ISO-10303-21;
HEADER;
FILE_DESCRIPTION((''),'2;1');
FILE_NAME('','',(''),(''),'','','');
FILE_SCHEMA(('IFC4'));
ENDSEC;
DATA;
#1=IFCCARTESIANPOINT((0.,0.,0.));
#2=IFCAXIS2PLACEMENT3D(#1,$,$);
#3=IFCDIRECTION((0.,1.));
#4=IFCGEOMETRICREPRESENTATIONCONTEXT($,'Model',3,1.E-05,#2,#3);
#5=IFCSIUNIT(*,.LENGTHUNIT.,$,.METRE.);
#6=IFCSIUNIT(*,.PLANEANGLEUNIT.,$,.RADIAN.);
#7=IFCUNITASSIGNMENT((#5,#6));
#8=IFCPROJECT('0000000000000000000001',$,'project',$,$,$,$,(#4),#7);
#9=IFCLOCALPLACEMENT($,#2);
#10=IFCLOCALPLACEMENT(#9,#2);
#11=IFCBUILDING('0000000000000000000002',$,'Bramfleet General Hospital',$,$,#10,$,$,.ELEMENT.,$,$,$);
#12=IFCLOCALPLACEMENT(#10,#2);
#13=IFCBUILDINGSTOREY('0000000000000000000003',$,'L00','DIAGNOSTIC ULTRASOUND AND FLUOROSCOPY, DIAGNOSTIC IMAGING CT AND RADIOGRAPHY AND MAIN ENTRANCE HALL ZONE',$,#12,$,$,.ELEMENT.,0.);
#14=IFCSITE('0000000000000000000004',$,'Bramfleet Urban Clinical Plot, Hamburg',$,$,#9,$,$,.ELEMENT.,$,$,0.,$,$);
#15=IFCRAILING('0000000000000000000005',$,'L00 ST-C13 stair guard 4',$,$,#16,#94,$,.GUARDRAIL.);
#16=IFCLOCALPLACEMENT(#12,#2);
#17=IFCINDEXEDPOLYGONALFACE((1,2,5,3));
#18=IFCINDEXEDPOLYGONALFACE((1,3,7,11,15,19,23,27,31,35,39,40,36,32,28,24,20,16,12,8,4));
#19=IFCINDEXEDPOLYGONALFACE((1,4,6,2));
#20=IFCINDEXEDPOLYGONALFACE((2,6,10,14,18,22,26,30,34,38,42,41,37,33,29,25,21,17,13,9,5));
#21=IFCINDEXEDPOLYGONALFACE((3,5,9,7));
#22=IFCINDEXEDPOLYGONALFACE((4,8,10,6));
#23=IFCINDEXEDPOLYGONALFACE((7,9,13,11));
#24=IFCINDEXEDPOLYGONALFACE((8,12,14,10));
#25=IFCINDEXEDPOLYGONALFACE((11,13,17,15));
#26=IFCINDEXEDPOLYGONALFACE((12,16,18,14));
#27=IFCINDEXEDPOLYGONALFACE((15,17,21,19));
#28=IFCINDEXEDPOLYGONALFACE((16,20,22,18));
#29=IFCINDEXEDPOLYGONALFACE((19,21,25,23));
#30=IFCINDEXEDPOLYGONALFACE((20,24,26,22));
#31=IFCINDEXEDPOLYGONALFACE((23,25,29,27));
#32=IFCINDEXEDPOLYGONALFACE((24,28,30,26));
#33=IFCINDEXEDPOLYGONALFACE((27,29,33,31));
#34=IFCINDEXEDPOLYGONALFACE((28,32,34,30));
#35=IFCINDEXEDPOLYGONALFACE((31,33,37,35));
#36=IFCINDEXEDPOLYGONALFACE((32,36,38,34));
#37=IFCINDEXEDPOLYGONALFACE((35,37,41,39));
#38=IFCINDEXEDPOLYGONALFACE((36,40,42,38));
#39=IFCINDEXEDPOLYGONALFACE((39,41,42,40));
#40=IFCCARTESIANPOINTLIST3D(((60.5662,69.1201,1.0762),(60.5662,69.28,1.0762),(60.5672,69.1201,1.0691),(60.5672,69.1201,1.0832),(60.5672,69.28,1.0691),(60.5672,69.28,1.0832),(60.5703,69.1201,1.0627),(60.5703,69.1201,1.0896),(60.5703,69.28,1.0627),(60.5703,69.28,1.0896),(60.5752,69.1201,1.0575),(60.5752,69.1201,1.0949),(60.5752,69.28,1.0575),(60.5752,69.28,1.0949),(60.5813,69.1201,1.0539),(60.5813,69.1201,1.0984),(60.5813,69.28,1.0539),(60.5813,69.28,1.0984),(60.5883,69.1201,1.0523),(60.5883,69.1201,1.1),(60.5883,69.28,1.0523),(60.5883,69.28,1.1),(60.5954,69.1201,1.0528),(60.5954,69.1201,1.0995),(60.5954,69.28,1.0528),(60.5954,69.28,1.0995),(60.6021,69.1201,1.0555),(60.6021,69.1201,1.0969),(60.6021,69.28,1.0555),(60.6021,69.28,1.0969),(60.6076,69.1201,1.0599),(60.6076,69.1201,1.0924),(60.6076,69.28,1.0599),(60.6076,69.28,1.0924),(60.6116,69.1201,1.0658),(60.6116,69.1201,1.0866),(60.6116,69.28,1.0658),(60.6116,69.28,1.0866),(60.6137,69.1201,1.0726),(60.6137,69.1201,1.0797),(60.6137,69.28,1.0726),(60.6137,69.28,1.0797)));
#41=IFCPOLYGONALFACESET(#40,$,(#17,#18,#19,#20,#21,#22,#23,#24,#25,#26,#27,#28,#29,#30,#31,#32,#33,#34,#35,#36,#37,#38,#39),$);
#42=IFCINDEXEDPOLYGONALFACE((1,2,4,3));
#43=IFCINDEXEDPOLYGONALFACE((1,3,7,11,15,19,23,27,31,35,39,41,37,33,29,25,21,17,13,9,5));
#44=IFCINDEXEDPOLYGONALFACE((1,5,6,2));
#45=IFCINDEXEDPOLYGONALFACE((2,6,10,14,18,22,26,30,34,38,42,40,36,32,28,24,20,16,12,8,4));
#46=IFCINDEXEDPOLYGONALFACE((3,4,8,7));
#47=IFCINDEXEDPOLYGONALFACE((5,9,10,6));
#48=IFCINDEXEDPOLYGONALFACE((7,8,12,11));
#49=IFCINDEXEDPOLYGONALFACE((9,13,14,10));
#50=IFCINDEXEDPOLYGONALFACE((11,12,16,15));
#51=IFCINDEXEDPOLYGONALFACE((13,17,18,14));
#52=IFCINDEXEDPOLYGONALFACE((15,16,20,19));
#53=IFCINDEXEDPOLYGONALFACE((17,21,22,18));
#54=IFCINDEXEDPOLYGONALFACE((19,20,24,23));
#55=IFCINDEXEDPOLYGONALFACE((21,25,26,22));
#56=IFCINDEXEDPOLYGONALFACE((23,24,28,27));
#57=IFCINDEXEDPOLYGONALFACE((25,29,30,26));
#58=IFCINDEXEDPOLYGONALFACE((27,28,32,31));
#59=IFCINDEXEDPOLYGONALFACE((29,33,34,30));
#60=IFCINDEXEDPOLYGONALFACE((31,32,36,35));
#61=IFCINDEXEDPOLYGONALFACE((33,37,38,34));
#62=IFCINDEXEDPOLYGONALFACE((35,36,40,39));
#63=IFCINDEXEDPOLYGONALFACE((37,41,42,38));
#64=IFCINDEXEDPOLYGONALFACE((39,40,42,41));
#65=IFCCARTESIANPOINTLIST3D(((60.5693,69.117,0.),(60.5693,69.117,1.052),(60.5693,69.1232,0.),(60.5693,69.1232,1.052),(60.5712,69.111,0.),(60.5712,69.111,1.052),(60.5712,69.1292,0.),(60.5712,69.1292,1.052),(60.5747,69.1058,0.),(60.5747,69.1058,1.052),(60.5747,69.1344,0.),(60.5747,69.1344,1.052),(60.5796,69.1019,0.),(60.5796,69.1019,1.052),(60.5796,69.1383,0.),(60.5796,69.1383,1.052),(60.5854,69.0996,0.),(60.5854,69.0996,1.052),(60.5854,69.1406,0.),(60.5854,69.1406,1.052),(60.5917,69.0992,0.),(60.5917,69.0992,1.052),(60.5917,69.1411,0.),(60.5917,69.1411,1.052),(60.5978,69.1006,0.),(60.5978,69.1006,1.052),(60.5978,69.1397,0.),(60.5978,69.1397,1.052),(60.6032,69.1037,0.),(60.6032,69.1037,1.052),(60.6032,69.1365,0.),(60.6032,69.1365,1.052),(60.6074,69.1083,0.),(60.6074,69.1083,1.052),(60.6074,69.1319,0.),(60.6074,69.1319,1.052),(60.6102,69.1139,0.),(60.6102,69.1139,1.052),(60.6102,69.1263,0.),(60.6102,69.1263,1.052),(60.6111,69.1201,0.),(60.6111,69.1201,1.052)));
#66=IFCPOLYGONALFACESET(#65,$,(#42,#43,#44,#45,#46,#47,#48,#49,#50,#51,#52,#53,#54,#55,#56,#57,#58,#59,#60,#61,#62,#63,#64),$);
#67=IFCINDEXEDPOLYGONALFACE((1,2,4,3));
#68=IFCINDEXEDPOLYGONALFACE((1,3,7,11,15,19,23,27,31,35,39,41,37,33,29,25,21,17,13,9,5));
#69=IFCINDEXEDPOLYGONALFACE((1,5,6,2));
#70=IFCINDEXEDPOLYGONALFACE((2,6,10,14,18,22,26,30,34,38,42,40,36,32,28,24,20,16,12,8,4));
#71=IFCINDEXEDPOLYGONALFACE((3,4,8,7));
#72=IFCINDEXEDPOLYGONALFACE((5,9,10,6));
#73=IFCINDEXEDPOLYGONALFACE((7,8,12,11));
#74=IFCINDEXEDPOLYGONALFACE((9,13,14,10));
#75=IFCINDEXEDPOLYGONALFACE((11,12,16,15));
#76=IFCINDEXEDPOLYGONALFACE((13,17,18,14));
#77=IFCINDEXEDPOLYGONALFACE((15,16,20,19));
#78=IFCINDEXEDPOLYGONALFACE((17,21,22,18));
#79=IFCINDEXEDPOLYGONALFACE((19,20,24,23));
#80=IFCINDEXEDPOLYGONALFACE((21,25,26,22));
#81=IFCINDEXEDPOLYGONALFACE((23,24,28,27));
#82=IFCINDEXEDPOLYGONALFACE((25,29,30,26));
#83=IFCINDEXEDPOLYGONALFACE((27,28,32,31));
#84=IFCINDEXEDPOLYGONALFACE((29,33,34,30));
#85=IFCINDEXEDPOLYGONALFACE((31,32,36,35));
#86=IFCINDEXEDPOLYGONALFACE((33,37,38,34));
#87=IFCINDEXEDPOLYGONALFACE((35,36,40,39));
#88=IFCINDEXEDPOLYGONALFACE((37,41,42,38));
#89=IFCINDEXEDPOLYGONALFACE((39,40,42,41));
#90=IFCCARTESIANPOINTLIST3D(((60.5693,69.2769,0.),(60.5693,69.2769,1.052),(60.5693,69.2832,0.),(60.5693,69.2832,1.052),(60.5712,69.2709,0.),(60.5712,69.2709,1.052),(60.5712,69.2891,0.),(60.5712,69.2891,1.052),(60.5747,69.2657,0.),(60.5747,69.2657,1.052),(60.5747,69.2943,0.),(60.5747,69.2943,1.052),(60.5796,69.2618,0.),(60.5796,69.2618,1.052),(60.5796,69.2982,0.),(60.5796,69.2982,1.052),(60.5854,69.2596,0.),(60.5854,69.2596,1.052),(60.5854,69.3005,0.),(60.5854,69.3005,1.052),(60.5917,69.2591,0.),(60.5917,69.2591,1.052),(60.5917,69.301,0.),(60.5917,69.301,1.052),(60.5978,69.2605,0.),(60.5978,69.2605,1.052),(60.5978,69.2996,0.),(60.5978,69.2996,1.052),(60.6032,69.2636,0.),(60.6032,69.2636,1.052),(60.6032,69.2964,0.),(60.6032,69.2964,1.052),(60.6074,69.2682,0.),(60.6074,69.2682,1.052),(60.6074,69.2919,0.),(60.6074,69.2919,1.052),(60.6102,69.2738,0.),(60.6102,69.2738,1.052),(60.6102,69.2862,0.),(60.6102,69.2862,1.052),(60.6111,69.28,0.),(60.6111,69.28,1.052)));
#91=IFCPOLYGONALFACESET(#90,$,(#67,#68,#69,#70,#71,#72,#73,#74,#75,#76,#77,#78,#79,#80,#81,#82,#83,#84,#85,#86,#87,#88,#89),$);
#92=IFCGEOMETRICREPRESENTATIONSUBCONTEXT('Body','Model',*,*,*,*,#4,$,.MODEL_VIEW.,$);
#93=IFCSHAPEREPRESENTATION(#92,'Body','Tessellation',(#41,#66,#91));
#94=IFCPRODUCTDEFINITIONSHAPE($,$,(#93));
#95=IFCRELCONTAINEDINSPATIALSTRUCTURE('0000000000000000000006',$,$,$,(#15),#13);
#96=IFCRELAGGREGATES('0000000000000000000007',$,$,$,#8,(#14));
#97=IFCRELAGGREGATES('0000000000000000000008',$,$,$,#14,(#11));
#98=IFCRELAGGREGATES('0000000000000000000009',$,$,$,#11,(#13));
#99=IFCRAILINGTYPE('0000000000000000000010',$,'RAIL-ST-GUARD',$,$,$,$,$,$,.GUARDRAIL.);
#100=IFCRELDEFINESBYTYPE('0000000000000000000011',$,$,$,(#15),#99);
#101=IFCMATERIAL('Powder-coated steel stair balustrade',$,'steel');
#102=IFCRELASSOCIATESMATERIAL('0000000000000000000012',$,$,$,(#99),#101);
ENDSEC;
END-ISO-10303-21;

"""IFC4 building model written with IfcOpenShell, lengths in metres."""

from ifc_helpers import new_model, si_unit, direction, frame, origin, origin_2d, place, context, subcontext, project, spatial, circle, extrude, material, type_object, element, save


model = new_model("IFC4")

# Units and contexts
model_context = context("Model", 3, precision=1e-05, world=origin(), true_north=direction((0.0, 1.0)))
body_context = subcontext(model_context, "Body", "Model", "MODEL_VIEW")
ifc_project = project(units=[si_unit("LENGTHUNIT", "METRE"), si_unit("PLANEANGLEUNIT", "RADIAN")], contexts=[model_context])

# Site, building, storey
site_placement = place(None, origin())
site = spatial("IfcSite", under=ifc_project, at=site_placement, Name="Bramfleet Urban Clinical Plot, Hamburg", CompositionType="ELEMENT", RefElevation=0.0)
building_placement = place(site_placement, origin())
building = spatial("IfcBuilding", under=site, at=building_placement, Name="Bramfleet General Hospital", CompositionType="ELEMENT")
storey_placement = place(building_placement, origin())
storey = spatial("IfcBuildingStorey", under=building, at=storey_placement, Name="L00", Description="DIAGNOSTIC ULTRASOUND AND FLUOROSCOPY, DIAGNOSTIC IMAGING CT AND RADIOGRAPHY AND MAIN ENTRANCE HALL ZONE", CompositionType="ELEMENT", Elevation=0.0)

# Railing
ifc_material_1 = material(Name="Powder-coated steel stair balustrade", Category="steel")
railing_type_1 = type_object("IfcRailingType", Name="RAIL-ST-GUARD", PredefinedType="GUARDRAIL", material=ifc_material_1)
railing_1_placement = place(storey_placement, frame((60.5901, 69.1201, 0.0)))
element("IfcRailing", 1, at=railing_1_placement, inside=storey, type_object=railing_type_1, Name="L00 ST-C13 stair guard 4", PredefinedType="GUARDRAIL", context=body_context, shape_type="SweptSolid", body=[
    extrude(circle(Radius=0.0239, at=origin_2d()), frame((0.0, 0.0, 1.0762), z_axis=(0.0, 1.0, 0.0), x_axis=(-1.0, 0.0, 0.0)), (0.0, 0.0, 1.0), 0.1599),
    extrude(circle(Radius=0.021, at=origin_2d()), origin(), (0.0, 0.0, 1.0), 1.052),
    extrude(circle(Radius=0.021, at=origin_2d()), frame((0.0, 0.1599, 0.0)), (0.0, 0.0, 1.0), 1.052),
])

save(model, "model.ifc")
